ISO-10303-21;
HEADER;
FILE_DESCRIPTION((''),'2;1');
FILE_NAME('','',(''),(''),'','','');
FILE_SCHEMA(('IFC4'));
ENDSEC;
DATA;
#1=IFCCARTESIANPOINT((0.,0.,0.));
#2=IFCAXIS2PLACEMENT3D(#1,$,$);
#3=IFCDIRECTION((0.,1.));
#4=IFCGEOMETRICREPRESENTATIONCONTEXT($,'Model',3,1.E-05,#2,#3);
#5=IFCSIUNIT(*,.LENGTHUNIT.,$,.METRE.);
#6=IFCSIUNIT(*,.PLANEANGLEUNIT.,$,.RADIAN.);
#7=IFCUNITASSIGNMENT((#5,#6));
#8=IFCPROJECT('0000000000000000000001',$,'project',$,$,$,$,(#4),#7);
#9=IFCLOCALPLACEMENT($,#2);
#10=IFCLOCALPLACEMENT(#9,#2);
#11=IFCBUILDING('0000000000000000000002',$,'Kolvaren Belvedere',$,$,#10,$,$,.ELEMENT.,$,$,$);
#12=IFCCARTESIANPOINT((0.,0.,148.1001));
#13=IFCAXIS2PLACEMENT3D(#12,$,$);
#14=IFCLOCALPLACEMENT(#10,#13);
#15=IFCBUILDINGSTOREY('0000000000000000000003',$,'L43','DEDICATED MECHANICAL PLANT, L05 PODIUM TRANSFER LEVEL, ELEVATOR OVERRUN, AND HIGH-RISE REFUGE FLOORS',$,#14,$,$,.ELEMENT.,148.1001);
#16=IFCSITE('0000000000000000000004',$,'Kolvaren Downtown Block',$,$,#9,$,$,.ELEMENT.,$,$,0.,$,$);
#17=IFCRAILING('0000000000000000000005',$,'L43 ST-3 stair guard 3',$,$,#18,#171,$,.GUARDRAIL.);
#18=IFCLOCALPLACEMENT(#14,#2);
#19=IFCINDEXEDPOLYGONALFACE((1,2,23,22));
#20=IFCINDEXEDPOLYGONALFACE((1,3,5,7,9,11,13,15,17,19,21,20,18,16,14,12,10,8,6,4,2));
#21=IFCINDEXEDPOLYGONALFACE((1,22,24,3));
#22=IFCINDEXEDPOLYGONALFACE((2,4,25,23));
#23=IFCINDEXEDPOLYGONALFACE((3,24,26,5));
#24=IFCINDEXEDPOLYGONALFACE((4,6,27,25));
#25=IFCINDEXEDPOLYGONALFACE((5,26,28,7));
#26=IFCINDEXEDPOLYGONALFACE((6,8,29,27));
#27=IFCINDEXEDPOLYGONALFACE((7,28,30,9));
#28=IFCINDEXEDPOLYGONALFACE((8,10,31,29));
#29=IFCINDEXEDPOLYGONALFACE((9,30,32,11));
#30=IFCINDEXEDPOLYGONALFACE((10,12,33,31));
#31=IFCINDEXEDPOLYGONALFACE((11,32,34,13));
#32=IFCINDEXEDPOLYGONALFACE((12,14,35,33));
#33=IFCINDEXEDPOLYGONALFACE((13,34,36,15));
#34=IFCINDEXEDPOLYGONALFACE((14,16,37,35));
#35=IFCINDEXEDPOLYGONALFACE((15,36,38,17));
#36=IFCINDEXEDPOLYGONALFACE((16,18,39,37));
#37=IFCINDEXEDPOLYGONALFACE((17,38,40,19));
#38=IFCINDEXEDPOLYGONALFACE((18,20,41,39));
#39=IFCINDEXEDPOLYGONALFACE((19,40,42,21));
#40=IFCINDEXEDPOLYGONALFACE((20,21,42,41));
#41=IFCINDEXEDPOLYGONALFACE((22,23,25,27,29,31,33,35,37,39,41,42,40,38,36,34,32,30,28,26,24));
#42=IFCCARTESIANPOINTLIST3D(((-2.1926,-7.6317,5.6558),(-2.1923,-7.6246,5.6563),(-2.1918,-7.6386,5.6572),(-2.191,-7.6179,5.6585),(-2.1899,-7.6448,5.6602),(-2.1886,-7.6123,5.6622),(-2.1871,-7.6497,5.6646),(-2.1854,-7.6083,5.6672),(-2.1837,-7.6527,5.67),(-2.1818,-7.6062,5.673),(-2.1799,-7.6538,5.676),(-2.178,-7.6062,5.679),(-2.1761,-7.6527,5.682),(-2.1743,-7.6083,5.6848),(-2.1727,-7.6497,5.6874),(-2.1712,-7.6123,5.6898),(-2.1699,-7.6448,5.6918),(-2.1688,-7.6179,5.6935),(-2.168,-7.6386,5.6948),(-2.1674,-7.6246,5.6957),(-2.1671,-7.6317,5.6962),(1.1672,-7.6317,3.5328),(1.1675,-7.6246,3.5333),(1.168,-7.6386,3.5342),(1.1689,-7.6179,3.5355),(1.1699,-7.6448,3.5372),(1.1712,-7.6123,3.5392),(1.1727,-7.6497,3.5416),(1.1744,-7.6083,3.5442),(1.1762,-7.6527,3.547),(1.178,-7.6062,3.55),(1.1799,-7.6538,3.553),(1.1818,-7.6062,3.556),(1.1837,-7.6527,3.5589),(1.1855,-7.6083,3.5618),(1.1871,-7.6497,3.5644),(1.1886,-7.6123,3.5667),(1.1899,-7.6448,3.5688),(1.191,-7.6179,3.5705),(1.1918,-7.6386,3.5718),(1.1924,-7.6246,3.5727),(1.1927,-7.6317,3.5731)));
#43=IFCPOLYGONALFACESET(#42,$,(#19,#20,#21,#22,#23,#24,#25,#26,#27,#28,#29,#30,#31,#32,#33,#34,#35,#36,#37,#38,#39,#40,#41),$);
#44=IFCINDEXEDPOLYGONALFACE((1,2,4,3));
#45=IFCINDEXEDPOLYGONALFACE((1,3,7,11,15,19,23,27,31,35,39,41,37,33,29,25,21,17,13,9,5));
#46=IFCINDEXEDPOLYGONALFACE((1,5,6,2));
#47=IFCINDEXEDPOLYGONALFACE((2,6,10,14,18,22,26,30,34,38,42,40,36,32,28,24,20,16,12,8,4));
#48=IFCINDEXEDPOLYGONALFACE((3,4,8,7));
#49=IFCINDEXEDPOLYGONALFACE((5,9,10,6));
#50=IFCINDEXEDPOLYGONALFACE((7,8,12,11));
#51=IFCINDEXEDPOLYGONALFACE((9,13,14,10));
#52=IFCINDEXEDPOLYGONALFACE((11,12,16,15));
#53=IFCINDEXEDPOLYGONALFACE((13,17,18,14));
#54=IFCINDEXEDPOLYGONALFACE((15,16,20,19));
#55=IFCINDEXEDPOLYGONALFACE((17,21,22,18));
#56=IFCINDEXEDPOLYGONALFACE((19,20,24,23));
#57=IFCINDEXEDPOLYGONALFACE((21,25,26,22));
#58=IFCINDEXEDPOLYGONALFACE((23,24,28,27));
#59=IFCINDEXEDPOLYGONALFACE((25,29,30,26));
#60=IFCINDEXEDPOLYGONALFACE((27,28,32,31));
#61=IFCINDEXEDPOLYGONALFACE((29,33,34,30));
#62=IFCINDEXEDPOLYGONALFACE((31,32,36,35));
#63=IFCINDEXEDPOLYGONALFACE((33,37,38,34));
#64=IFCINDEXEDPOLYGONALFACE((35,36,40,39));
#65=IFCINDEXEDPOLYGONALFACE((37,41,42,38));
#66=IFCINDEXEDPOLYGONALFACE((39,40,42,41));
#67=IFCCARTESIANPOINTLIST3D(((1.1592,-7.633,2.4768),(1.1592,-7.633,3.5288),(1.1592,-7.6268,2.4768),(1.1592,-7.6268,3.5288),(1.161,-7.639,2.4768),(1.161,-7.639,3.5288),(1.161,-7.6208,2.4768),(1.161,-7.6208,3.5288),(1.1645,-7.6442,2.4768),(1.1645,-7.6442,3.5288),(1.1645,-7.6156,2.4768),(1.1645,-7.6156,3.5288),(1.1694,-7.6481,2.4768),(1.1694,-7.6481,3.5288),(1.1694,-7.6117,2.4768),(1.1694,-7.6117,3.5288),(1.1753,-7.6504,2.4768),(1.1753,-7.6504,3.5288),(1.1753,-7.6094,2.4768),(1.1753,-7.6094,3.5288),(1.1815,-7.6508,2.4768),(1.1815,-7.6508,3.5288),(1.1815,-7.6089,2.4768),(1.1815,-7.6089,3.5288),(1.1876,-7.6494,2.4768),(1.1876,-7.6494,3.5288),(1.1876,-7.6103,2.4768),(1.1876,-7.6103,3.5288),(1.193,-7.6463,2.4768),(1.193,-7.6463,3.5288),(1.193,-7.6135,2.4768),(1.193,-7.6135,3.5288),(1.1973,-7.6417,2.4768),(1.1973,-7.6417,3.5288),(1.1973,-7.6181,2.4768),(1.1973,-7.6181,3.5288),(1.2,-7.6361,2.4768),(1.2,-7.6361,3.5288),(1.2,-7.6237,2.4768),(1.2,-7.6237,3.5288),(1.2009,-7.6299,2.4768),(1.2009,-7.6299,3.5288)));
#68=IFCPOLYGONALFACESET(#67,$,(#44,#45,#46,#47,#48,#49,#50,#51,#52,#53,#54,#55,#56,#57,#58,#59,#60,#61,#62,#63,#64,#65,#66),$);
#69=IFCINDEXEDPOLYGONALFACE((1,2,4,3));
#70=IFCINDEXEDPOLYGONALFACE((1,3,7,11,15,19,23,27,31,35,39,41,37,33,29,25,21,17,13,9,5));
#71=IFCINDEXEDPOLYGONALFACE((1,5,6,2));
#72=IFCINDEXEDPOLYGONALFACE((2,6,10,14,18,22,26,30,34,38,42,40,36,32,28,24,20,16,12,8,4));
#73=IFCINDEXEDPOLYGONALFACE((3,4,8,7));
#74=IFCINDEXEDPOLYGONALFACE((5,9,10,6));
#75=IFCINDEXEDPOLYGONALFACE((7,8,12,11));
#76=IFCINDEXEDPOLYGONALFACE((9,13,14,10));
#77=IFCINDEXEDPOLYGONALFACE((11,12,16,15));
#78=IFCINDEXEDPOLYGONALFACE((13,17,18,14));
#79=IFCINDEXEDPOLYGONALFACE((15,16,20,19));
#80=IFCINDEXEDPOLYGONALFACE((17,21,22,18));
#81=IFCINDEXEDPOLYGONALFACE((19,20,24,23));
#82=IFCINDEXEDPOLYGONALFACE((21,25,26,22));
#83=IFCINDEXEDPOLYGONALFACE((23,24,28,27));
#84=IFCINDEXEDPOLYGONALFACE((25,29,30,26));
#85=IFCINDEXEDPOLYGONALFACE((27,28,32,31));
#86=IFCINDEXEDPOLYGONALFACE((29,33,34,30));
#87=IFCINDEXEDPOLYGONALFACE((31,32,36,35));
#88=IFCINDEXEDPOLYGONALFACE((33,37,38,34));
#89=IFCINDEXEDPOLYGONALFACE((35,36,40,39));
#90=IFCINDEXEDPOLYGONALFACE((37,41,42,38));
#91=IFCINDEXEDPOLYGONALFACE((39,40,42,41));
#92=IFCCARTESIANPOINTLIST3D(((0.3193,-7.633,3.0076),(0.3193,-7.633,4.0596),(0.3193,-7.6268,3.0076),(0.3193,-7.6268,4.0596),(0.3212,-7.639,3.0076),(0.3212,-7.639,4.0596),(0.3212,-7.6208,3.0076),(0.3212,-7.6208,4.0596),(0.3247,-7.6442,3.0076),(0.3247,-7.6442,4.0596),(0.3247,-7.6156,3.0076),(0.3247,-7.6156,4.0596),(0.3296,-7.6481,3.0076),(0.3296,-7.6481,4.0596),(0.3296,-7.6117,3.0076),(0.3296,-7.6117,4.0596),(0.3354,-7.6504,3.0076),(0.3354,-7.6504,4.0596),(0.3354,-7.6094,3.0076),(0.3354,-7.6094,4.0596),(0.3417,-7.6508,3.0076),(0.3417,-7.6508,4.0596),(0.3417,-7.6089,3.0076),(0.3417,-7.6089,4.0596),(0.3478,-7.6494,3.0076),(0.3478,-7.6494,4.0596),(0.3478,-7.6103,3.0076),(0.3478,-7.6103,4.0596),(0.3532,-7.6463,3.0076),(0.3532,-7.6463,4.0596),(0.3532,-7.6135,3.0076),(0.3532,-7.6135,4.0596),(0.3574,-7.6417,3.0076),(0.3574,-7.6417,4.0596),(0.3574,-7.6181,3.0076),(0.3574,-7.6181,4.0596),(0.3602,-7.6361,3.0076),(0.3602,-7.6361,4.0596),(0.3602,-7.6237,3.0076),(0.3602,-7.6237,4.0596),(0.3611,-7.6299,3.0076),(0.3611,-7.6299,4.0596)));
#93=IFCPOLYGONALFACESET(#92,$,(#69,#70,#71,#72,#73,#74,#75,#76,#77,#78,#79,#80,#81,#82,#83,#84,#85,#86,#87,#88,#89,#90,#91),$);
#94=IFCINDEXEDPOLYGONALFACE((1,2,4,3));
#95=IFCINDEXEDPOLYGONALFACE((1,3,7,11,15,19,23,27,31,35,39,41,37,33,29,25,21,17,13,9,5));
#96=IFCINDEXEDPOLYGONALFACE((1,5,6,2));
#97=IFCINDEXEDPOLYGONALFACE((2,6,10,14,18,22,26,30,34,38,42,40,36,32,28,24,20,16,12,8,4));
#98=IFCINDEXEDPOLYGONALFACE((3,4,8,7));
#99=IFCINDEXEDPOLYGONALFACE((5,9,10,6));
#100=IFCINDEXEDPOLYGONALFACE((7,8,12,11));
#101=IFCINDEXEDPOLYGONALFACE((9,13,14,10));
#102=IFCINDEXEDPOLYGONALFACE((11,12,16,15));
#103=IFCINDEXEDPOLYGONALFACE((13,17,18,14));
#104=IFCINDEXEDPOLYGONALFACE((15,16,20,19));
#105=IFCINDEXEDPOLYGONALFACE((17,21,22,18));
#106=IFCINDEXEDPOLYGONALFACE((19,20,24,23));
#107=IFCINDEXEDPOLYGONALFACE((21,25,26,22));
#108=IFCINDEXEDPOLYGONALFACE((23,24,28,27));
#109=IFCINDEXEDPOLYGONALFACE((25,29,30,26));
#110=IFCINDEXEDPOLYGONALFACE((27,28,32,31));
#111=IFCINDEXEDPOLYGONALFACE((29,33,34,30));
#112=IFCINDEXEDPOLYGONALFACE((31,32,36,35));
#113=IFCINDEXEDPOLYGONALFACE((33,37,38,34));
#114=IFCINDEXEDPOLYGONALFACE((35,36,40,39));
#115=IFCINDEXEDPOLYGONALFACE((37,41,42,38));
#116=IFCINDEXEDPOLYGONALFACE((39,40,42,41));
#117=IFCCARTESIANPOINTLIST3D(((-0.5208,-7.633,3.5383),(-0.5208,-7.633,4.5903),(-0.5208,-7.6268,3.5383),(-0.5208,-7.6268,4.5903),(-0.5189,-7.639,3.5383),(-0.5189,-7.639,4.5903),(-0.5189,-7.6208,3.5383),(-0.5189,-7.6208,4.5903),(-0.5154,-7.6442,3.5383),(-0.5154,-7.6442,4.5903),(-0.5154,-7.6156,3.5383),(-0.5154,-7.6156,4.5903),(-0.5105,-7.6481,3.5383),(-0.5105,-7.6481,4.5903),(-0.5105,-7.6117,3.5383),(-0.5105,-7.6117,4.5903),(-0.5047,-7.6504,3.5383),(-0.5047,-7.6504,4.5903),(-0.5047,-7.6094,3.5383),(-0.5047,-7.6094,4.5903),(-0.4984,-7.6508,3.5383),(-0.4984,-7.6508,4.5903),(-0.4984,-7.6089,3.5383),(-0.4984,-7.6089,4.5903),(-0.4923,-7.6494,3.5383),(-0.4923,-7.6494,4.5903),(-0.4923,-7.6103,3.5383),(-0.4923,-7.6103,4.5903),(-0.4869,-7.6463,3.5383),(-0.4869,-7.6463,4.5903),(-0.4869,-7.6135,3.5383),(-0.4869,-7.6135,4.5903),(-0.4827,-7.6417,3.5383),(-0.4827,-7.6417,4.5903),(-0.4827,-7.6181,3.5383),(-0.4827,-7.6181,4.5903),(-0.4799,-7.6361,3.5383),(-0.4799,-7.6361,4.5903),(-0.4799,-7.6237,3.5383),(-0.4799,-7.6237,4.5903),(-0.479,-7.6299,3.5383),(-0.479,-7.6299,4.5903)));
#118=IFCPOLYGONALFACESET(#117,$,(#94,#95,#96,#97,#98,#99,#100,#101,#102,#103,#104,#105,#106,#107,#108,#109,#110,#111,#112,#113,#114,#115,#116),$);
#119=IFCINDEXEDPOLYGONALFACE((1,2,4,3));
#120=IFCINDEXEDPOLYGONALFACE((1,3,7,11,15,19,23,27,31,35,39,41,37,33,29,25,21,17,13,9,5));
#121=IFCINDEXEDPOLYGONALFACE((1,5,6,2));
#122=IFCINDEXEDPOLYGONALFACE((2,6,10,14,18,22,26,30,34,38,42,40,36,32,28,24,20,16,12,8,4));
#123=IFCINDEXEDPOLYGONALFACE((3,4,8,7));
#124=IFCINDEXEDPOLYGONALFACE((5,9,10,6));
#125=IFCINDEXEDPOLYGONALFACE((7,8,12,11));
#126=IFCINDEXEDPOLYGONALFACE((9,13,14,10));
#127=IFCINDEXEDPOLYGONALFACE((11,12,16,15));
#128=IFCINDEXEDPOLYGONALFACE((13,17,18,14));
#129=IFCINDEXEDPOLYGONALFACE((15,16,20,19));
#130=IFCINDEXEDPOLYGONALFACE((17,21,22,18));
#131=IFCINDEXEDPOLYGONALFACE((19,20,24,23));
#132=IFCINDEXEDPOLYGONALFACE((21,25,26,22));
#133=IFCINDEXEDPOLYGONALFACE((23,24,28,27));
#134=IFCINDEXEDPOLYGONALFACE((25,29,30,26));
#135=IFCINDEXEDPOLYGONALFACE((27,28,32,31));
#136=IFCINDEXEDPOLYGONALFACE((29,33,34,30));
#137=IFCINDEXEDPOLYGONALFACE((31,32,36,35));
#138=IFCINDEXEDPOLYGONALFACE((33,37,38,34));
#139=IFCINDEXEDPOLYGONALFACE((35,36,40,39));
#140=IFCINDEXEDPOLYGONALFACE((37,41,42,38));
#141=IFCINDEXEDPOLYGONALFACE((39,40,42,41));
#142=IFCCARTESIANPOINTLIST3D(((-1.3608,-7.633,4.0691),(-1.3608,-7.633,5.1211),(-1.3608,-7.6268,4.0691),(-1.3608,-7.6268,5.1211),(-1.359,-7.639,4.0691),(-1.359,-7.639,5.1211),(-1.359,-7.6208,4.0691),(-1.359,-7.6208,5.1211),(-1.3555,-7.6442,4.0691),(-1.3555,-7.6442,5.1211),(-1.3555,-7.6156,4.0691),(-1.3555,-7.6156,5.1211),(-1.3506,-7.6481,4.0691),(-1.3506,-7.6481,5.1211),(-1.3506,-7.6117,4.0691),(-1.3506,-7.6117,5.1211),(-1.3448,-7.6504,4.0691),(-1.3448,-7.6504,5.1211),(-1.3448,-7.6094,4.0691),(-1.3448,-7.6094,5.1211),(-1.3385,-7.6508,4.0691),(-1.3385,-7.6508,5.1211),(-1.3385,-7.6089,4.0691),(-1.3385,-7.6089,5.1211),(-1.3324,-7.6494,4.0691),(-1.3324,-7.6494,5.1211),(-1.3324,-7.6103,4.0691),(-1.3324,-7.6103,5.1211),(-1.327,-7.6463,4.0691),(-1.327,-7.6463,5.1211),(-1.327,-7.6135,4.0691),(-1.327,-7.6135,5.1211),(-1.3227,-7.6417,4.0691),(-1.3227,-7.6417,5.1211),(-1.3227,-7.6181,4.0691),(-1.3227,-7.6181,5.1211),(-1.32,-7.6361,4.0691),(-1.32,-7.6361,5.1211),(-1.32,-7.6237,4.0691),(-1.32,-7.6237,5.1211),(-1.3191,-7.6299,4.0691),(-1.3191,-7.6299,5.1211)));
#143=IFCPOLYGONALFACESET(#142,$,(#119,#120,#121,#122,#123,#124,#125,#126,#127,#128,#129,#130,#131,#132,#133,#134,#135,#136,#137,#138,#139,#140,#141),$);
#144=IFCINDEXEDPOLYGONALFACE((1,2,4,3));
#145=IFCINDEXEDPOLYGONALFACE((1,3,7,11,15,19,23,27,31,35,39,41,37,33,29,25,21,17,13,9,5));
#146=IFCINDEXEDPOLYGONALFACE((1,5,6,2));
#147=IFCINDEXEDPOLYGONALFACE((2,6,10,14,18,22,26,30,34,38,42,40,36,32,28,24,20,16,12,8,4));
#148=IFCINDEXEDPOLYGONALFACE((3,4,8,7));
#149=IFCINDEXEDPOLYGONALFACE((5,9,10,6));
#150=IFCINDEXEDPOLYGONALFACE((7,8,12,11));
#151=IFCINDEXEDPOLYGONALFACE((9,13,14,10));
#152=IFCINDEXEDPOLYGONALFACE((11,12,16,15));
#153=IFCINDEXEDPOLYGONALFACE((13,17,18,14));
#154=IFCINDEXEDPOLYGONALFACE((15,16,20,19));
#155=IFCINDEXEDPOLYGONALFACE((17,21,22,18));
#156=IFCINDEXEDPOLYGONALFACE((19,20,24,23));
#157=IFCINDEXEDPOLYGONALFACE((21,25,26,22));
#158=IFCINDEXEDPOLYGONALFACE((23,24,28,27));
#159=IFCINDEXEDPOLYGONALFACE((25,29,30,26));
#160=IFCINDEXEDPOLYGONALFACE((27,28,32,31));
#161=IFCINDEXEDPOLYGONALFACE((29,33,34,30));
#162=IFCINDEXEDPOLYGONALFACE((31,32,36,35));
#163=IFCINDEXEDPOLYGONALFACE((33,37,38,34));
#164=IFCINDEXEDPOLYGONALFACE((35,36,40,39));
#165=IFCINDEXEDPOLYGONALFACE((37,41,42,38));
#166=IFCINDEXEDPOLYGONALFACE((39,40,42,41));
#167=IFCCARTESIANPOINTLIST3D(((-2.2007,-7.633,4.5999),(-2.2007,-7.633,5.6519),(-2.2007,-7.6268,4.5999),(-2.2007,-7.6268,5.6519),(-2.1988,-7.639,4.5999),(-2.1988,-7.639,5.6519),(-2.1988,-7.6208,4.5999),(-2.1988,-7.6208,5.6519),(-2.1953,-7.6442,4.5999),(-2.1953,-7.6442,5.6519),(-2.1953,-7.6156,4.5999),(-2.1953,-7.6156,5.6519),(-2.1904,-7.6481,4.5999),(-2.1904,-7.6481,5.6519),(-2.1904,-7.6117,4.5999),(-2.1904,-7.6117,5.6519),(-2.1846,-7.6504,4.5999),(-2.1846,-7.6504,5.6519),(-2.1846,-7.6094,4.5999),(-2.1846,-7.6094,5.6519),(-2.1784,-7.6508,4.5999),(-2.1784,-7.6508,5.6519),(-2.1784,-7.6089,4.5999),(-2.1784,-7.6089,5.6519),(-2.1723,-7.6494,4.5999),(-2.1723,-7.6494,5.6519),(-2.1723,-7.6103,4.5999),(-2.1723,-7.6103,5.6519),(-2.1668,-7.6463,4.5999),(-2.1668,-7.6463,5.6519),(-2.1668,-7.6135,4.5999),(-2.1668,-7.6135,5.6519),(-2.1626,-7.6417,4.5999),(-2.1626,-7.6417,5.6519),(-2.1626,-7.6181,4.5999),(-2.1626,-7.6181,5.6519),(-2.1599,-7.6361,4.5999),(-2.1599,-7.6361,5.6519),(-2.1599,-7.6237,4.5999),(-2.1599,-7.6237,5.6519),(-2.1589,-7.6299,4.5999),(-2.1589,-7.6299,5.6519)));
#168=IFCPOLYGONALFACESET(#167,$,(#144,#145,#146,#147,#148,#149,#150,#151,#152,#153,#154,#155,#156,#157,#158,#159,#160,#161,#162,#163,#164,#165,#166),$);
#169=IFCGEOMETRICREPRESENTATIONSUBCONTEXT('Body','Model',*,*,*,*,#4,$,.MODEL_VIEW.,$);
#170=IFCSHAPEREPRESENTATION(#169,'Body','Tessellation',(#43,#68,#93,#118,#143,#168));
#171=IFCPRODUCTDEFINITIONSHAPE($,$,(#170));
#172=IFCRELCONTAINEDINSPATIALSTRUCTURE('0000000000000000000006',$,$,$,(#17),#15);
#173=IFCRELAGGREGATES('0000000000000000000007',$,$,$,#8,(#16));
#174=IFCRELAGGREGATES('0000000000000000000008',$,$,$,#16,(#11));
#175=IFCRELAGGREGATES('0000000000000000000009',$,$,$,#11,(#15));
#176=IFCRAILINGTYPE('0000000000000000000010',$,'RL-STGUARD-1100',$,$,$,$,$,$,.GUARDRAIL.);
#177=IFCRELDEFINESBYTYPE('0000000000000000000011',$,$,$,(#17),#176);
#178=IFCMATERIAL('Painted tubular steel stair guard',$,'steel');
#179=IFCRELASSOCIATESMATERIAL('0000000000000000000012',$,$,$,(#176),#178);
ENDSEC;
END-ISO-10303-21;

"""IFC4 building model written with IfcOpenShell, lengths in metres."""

from ifc_helpers import new_model, si_unit, direction, frame, origin, origin_2d, place, context, subcontext, project, spatial, circle, extrude, material, type_object, element, save


model = new_model("IFC4")

# Units and contexts
model_context = context("Model", 3, precision=1e-05, world=origin(), true_north=direction((0.0, 1.0)))
body_context = subcontext(model_context, "Body", "Model", "MODEL_VIEW")
ifc_project = project(units=[si_unit("LENGTHUNIT", "METRE"), si_unit("PLANEANGLEUNIT", "RADIAN")], contexts=[model_context])

# Site, building, storey
site_placement = place(None, origin())
site = spatial("IfcSite", under=ifc_project, at=site_placement, Name="Kolvaren Downtown Block", CompositionType="ELEMENT", RefElevation=0.0)
building_placement = place(site_placement, origin())
building = spatial("IfcBuilding", under=site, at=building_placement, Name="Kolvaren Belvedere", CompositionType="ELEMENT")
storey_placement = place(building_placement, frame((0.0, 0.0, 148.1001)))
storey = spatial("IfcBuildingStorey", under=building, at=storey_placement, Name="L43", Description="DEDICATED MECHANICAL PLANT, L05 PODIUM TRANSFER LEVEL, ELEVATOR OVERRUN, AND HIGH-RISE REFUGE FLOORS", CompositionType="ELEMENT", Elevation=148.1001)

# Railing
ifc_material_1 = material(Name="Painted tubular steel stair guard", Category="steel")
railing_type_1 = type_object("IfcRailingType", Name="RL-STGUARD-1100", PredefinedType="GUARDRAIL", material=ifc_material_1)
railing_1_placement = place(storey_placement, frame((1.1799, -7.6299, 2.4768)))
element("IfcRailing", 1, at=railing_1_placement, inside=storey, type_object=railing_type_1, Name="L43 ST-3 stair guard 3", PredefinedType="GUARDRAIL", context=body_context, shape_type="SweptSolid", body=[
    extrude(circle(Radius=0.0239, at=origin_2d()), frame((0.0, 0.0, 1.0762), z_axis=(-0.845372, 0.0, 0.534178), x_axis=(0.0, -1.0, 0.0)), (0.0, 0.0, 1.0), 3.9744),
    extrude(circle(Radius=0.021, at=origin_2d()), origin(), (0.0, 0.0, 1.0), 1.052),
    extrude(circle(Radius=0.021, at=origin_2d()), frame((-0.8398, 0.0, 0.5308)), (0.0, 0.0, 1.0), 1.052),
    extrude(circle(Radius=0.021, at=origin_2d()), frame((-1.6799, 0.0, 1.0615)), (0.0, 0.0, 1.0), 1.052),
    extrude(circle(Radius=0.021, at=origin_2d()), frame((-2.52, 0.0, 1.5923)), (0.0, 0.0, 1.0), 1.052),
    extrude(circle(Radius=0.021, at=origin_2d()), frame((-3.3599, 0.0, 2.123)), (0.0, 0.0, 1.0), 1.052),
])

save(model, "model.ifc")
